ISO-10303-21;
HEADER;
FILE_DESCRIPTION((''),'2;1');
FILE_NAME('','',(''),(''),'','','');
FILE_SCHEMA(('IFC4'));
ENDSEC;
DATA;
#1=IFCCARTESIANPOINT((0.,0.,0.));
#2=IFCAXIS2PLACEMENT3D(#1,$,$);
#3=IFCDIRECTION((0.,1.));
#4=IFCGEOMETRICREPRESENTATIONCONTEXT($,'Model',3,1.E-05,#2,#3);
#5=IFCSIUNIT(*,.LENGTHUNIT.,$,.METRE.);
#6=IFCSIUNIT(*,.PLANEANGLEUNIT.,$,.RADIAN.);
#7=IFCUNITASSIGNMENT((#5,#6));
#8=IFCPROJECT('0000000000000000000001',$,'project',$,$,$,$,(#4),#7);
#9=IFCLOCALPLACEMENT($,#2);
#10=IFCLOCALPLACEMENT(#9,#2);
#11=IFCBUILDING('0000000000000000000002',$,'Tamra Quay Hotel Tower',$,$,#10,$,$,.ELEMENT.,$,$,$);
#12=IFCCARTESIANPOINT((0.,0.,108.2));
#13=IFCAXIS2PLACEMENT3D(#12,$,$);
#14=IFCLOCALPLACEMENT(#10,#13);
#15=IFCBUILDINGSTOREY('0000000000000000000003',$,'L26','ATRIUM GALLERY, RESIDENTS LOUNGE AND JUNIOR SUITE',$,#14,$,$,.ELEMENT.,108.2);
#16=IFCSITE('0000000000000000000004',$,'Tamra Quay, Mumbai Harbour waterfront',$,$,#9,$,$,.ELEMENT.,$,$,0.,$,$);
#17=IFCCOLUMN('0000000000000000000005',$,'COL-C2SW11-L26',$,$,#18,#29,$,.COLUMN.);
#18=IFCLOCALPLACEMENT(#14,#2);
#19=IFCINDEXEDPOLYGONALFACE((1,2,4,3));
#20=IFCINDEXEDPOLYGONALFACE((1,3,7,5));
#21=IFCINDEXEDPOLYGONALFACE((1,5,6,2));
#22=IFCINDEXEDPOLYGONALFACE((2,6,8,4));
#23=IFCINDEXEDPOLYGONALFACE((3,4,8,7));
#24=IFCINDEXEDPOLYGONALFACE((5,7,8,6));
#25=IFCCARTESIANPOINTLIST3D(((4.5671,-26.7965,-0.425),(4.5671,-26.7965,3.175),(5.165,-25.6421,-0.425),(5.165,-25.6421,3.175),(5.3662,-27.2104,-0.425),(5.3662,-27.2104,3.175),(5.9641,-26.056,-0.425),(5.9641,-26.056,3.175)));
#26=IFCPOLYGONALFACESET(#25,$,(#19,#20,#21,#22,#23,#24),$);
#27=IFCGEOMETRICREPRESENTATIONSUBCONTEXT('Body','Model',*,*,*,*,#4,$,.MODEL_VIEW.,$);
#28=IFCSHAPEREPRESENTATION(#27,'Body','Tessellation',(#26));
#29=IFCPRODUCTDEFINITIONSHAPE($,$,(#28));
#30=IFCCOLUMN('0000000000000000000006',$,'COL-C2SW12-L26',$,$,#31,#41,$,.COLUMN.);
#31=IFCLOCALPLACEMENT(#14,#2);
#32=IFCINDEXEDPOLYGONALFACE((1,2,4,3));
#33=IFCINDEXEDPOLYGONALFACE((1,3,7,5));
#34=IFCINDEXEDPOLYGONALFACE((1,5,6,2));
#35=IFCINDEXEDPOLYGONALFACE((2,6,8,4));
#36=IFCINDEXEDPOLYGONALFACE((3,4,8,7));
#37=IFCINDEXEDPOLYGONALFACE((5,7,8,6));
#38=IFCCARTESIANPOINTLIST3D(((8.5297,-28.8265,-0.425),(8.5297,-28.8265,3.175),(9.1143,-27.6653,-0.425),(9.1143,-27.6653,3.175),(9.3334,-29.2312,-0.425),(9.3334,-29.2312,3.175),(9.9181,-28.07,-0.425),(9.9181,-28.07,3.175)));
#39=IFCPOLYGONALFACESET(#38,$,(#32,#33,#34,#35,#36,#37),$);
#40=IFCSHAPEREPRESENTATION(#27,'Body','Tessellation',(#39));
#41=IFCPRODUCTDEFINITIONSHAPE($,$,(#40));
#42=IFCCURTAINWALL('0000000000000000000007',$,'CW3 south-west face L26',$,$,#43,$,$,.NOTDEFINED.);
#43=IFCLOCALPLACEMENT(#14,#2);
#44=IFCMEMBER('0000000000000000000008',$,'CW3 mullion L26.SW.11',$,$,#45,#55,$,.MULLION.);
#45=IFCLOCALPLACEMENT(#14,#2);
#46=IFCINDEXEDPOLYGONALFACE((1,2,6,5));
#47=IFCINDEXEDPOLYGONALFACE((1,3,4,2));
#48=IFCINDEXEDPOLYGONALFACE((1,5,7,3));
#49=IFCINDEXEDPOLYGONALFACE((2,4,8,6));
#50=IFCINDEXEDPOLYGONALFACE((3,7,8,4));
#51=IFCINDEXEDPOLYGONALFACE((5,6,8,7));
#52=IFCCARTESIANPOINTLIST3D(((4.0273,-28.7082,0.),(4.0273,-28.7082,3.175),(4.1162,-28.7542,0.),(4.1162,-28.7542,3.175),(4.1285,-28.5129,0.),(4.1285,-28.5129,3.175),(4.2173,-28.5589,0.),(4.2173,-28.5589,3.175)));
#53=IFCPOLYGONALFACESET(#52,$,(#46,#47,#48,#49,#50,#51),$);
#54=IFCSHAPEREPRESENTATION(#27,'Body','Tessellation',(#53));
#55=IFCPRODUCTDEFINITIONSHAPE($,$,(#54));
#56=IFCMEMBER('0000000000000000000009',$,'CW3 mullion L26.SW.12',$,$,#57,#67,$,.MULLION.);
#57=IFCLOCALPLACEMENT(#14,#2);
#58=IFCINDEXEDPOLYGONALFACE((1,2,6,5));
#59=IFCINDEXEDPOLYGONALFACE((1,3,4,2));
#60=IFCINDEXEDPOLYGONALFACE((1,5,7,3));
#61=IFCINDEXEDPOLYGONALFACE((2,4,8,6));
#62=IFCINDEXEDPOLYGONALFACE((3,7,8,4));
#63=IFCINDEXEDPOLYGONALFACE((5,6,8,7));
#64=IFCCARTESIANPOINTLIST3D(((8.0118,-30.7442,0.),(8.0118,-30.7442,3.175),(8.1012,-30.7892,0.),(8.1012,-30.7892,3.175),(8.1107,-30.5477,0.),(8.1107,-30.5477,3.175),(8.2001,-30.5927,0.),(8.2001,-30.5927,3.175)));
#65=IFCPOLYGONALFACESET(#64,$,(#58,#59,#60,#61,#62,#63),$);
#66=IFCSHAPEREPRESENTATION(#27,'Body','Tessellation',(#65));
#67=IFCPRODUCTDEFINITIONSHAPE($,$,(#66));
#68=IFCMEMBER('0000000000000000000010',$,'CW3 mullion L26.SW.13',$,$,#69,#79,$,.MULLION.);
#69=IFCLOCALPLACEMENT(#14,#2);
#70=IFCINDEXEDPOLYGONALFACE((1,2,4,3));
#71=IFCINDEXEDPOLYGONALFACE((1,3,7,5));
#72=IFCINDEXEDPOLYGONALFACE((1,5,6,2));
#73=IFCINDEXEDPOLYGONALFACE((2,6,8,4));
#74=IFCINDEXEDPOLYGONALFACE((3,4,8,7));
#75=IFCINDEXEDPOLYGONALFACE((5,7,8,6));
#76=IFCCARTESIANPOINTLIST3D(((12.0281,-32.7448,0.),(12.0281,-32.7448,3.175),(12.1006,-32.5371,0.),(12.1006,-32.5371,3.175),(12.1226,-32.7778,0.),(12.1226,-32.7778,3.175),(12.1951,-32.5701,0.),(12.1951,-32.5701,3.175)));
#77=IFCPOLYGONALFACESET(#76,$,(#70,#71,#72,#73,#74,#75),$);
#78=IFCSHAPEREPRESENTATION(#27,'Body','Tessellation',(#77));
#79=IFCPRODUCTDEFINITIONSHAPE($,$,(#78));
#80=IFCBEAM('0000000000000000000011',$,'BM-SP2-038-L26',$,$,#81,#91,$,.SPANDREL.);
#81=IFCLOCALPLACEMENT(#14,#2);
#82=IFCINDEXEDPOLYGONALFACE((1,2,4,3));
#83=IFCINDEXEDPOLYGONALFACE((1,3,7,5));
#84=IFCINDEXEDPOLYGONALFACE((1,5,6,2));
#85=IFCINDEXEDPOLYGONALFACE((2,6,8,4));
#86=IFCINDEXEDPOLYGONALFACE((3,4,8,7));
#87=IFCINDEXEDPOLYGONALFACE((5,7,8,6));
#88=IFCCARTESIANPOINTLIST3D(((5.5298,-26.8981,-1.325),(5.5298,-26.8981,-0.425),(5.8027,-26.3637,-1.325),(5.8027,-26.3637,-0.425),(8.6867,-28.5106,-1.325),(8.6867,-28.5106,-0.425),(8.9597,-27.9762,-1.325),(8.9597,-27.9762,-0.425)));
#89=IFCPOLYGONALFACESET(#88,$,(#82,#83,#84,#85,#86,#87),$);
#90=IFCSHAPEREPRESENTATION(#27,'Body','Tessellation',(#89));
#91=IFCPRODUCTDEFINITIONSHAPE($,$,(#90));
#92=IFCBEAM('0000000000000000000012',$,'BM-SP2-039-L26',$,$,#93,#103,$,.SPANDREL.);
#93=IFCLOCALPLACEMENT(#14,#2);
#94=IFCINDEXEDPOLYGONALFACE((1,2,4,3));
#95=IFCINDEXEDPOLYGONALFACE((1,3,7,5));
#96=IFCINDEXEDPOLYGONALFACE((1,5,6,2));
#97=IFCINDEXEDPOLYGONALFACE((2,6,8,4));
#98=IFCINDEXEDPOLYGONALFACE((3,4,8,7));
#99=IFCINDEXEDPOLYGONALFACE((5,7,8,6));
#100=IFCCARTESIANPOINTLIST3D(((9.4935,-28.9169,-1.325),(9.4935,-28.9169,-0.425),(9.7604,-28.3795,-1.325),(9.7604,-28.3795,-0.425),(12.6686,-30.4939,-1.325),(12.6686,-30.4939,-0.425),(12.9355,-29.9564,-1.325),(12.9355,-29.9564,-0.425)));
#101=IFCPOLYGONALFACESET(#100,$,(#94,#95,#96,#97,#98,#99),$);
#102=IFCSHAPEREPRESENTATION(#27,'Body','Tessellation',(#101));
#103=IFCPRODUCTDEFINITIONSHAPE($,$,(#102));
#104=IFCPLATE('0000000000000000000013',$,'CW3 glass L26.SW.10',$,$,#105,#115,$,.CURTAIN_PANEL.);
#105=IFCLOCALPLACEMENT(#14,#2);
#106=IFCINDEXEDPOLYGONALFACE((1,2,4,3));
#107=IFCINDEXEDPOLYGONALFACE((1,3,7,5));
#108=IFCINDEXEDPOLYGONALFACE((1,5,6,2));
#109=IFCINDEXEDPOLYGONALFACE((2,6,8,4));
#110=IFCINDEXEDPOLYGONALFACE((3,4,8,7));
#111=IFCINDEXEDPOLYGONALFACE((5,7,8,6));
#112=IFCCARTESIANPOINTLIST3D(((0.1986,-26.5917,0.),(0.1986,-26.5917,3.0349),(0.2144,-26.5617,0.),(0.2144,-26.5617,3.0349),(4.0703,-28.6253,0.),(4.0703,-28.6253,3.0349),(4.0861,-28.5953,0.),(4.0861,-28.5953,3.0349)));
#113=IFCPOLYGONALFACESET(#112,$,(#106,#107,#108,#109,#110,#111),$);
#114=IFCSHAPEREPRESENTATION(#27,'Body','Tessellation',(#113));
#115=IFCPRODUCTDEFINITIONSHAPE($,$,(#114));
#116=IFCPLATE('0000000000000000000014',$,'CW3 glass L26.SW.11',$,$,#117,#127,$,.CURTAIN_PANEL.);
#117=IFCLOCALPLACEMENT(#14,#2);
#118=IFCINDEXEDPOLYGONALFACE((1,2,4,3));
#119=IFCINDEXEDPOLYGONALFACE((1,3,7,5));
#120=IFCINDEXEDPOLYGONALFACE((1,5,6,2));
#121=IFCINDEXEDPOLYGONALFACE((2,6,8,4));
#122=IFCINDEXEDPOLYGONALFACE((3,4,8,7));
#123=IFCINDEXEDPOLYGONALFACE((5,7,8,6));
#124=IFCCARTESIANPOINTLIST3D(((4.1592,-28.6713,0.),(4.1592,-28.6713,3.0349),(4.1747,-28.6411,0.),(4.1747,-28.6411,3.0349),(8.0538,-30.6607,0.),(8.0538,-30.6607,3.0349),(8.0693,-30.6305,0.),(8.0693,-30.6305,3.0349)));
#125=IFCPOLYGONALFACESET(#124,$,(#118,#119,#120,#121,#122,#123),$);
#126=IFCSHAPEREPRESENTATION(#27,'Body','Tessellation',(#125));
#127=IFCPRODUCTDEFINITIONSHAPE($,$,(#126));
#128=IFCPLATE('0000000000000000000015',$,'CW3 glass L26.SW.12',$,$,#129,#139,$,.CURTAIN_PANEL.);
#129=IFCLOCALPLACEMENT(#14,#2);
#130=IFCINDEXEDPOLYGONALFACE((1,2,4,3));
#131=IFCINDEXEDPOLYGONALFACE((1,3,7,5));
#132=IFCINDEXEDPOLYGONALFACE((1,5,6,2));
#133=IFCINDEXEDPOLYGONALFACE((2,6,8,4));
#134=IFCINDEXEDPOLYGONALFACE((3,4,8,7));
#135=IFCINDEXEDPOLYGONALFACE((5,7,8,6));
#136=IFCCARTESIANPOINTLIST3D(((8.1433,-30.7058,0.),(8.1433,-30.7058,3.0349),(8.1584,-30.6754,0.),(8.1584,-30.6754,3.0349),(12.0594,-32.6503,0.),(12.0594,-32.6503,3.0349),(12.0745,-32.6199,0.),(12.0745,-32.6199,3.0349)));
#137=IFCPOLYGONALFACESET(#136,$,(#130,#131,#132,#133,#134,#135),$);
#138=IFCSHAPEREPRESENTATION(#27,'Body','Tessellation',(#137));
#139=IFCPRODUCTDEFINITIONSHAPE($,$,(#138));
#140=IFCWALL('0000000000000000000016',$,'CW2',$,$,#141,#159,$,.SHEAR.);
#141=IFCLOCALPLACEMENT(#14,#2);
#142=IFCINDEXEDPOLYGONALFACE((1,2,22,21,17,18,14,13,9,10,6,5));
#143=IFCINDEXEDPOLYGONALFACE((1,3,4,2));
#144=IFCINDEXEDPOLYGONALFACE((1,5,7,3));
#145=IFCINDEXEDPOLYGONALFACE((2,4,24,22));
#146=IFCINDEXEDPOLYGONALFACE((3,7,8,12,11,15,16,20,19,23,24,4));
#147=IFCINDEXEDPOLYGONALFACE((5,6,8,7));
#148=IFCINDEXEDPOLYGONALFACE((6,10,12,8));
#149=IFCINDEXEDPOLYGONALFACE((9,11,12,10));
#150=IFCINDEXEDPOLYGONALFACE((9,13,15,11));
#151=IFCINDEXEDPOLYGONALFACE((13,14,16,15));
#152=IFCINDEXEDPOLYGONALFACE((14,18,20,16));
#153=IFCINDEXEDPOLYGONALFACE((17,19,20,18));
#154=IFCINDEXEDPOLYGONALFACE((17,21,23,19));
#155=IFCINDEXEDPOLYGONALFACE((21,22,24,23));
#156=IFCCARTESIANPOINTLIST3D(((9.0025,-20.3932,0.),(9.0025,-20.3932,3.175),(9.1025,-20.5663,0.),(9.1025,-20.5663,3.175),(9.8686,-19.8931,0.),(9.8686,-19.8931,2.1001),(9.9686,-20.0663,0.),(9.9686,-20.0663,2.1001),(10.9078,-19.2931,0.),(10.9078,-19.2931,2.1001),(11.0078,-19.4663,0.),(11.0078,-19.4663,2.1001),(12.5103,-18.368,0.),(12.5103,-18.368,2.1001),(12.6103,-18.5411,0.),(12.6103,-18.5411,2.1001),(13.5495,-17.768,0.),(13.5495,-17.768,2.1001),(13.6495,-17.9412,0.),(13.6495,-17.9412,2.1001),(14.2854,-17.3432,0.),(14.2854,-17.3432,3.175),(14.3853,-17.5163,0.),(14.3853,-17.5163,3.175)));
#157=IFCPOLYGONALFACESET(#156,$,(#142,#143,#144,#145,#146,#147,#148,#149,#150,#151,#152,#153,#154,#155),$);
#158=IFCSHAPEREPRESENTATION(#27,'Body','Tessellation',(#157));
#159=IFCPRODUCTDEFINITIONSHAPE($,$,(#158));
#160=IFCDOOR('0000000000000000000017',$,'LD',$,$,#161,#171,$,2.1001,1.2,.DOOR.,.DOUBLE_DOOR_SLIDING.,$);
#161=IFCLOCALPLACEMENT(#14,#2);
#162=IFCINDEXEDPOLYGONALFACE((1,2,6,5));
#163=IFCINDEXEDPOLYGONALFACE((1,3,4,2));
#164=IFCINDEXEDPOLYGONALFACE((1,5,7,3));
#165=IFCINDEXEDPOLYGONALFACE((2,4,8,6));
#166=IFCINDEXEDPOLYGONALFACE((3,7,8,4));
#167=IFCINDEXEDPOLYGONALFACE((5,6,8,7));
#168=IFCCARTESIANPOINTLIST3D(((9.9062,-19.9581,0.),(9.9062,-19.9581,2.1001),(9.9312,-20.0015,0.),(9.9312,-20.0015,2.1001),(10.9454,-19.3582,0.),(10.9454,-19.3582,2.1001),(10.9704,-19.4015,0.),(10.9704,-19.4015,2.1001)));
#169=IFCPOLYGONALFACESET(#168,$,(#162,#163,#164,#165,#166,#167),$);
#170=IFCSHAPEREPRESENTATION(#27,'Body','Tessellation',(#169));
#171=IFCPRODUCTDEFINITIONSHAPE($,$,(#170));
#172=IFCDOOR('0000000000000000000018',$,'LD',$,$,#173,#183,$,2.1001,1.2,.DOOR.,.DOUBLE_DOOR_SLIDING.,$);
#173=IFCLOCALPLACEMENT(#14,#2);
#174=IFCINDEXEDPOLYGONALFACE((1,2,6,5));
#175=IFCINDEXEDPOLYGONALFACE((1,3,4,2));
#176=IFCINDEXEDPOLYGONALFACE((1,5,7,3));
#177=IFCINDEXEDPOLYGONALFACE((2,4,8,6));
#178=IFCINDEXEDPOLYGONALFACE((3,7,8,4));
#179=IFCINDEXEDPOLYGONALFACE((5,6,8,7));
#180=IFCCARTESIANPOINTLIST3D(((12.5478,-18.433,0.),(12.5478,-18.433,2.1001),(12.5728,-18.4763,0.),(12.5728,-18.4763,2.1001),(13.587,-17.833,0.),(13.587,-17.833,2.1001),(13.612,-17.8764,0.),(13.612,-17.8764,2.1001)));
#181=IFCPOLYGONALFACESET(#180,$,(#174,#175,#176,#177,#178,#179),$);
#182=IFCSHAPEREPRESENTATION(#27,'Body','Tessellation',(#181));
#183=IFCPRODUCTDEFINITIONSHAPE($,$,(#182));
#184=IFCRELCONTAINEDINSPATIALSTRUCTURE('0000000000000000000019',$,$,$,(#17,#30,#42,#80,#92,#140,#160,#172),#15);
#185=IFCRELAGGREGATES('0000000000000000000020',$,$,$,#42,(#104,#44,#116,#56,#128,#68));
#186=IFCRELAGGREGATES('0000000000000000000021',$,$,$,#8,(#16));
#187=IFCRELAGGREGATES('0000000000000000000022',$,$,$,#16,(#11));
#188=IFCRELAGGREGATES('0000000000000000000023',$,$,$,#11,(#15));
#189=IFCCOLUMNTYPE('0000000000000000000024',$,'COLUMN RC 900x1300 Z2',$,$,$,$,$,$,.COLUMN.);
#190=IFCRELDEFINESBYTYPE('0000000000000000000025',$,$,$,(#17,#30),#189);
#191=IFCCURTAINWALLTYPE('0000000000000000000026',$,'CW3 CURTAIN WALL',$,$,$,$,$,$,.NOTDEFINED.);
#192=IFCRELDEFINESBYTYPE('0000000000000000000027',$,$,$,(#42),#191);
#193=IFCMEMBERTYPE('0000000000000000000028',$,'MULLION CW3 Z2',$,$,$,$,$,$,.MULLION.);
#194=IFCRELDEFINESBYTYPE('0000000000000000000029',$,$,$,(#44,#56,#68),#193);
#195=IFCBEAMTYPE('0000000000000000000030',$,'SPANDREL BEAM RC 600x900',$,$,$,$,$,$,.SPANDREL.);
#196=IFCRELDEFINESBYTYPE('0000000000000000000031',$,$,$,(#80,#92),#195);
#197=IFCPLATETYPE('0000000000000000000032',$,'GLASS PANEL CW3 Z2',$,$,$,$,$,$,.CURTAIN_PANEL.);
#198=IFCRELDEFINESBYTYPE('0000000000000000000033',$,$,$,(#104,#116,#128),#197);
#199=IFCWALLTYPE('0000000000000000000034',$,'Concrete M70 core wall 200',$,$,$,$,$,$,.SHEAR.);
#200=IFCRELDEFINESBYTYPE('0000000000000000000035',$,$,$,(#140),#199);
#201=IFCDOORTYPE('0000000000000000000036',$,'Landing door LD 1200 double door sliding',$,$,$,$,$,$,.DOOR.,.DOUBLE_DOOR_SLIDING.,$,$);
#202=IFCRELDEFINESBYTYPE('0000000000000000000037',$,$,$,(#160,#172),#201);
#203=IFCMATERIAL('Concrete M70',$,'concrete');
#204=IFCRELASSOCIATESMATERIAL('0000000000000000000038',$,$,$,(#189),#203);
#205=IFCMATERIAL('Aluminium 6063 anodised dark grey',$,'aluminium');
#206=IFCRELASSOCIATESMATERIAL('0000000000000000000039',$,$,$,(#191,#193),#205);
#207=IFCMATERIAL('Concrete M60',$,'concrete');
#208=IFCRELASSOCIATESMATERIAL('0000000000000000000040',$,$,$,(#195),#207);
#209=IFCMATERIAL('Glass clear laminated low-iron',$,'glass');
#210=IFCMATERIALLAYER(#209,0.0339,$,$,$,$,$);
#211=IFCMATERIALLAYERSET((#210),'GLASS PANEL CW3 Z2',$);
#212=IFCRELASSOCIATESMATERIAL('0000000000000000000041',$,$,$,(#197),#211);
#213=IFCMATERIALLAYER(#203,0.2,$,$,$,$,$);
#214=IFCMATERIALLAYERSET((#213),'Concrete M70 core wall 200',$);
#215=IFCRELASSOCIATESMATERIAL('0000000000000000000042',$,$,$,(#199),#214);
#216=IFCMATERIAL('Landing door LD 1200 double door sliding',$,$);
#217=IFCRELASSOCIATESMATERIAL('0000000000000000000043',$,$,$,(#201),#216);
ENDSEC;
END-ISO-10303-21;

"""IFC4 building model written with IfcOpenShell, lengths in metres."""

from ifc_helpers import new_model, si_unit, direction, frame, frame_2d, origin, origin_2d, place, context, subcontext, project, spatial, rectangle, extrude, material, layer, layer_set, material_profile, profile_set, type_object, element, fill, aggregate, save


model = new_model("IFC4")

# Units and contexts
model_context = context("Model", 3, precision=1e-05, world=origin(), true_north=direction((0.0, 1.0)))
body_context = subcontext(model_context, "Body", "Model", "MODEL_VIEW")
ifc_project = project(units=[si_unit("LENGTHUNIT", "METRE"), si_unit("PLANEANGLEUNIT", "RADIAN")], contexts=[model_context])

# Site, building, storey
site_placement = place(None, origin())
site = spatial("IfcSite", under=ifc_project, at=site_placement, Name="Tamra Quay, Mumbai Harbour waterfront", CompositionType="ELEMENT", RefElevation=0.0)
building_placement = place(site_placement, origin())
building = spatial("IfcBuilding", under=site, at=building_placement, Name="Tamra Quay Hotel Tower", CompositionType="ELEMENT")
storey_placement = place(building_placement, frame((0.0, 0.0, 108.2)))
storey = spatial("IfcBuildingStorey", under=building, at=storey_placement, Name="L26", Description="ATRIUM GALLERY, RESIDENTS LOUNGE AND JUNIOR SUITE", CompositionType="ELEMENT", Elevation=108.2)

# Columns
ifc_material_1 = material(Name="Concrete M70", Category="concrete")
ifc_material_profile_1 = material_profile(ifc_material_1, rectangle(XDim=1.3, YDim=0.8999, at=origin_2d()), Name="COLUMN RC 900x1300 Z2")
ifc_profile_set_1 = profile_set([ifc_material_profile_1], Name="Concrete M70")
column_type = type_object("IfcColumnType", Name="COLUMN RC 900x1300 Z2", PredefinedType="COLUMN", material=ifc_profile_set_1)
for number, where, z_axis, x_axis, name in (
    (1, (5.2656, -26.4263, -0.425), (0.0, 0.0, 1.0), (0.45989, 0.887976, 0.0), "COL-C2SW11-L26"),
    (2, (9.2239, -28.4482, -0.425), (0.0, 0.0, 1.0), (0.449727, 0.893166, 0.0), "COL-C2SW12-L26"),
):
    element("IfcColumn", number, at=place(storey_placement, frame(where, z_axis=z_axis, x_axis=x_axis)), inside=storey, type_object=column_type, Name=name, PredefinedType="COLUMN", context=body_context, shape_type="SweptSolid", body=[
        extrude(rectangle(XDim=1.3, YDim=0.8999, at=origin_2d()), origin(), (0.0, 0.0, 1.0), 3.6001),
    ])

# Curtain wall, members
ifc_material_2 = material(Name="Aluminium 6063 anodised dark grey", Category="aluminium")
curtain_wall_type = type_object("IfcCurtainWallType", Name="CW3 CURTAIN WALL", PredefinedType="NOTDEFINED", material=ifc_material_2)
curtain_wall_placement = place(storey_placement, origin())
curtain_wall = element("IfcCurtainWall", 3, at=curtain_wall_placement, inside=storey, type_object=curtain_wall_type, Name="CW3 south-west face L26", PredefinedType="NOTDEFINED")
ifc_material_profile_2 = material_profile(ifc_material_2, rectangle(XDim=0.22, YDim=0.1001, at=origin_2d()), Name="MULLION 100X220")
ifc_profile_set_2 = profile_set([ifc_material_profile_2], Name="Aluminium 6063 anodised dark grey")
member_type = type_object("IfcMemberType", Name="MULLION CW3 Z2", PredefinedType="MULLION", material=ifc_profile_set_2)
member_1_placement = place(storey_placement, frame((4.1223, -28.6335, 0.0), z_axis=(0.0, 0.0, 1.0), x_axis=(-0.45996, -0.88794, 0.0)))
member_1 = element("IfcMember", 4, at=member_1_placement, type_object=member_type, Name="CW3 mullion L26.SW.11", PredefinedType="MULLION", context=body_context, shape_type="SweptSolid", body=[
    extrude(rectangle(XDim=0.22, YDim=0.1001, at=origin_2d()), origin(), (0.0, 0.0, 1.0), 3.175),
])
member_2_placement = place(storey_placement, frame((8.106, -30.6685, 0.0), z_axis=(0.0, 0.0, 1.0), x_axis=(-0.449827, -0.893116, 0.0)))
member_2 = element("IfcMember", 5, at=member_2_placement, type_object=member_type, Name="CW3 mullion L26.SW.12", PredefinedType="MULLION", context=body_context, shape_type="SweptSolid", body=[
    extrude(rectangle(XDim=0.22, YDim=0.1001, at=origin_2d()), origin(), (0.0, 0.0, 1.0), 3.175),
])
member_3_placement = place(storey_placement, frame((12.1116, -32.6575, 0.0), z_axis=(0.0, 0.0, 1.0), x_axis=(-0.329532, -0.944144, 0.0)))
member_3 = element("IfcMember", 6, at=member_3_placement, type_object=member_type, Name="CW3 mullion L26.SW.13", PredefinedType="MULLION", context=body_context, shape_type="SweptSolid", body=[
    extrude(rectangle(XDim=0.22, YDim=0.1001, at=origin_2d()), origin(), (0.0, 0.0, 1.0), 3.175),
])

# Beams
ifc_material_3 = material(Name="Concrete M60", Category="concrete")
ifc_material_profile_3 = material_profile(ifc_material_3, rectangle(XDim=0.6001, YDim=0.8999, at=origin_2d()), Name="SPANDREL BEAM RC 600x900")
ifc_profile_set_3 = profile_set([ifc_material_profile_3], Name="Concrete M60")
beam_type = type_object("IfcBeamType", Name="SPANDREL BEAM RC 600x900", PredefinedType="SPANDREL", material=ifc_profile_set_3)
beam_1_placement = place(storey_placement, frame((5.6663, -26.6309, -0.875), z_axis=(0.890551, -0.454883, 0.0), x_axis=(0.454883, 0.890551, 0.0)))
element("IfcBeam", 7, at=beam_1_placement, inside=storey, type_object=beam_type, Name="BM-SP2-038-L26", PredefinedType="SPANDREL", context=body_context, shape_type="SweptSolid", body=[
    extrude(rectangle(XDim=0.6001, YDim=0.8999, at=origin_2d()), origin(), (0.0, 0.0, 1.0), 3.5449),
])
beam_2_placement = place(storey_placement, frame((9.627, -28.6482, -0.875), z_axis=(0.895622, -0.444815, 0.0), x_axis=(0.444815, 0.895622, 0.0)))
element("IfcBeam", 8, at=beam_2_placement, inside=storey, type_object=beam_type, Name="BM-SP2-039-L26", PredefinedType="SPANDREL", context=body_context, shape_type="SweptSolid", body=[
    extrude(rectangle(XDim=0.6001, YDim=0.8999, at=origin_2d()), origin(), (0.0, 0.0, 1.0), 3.5452),
])

# Plates
ifc_material_4 = material(Name="Glass clear laminated low-iron", Category="glass")
ifc_layer_1 = layer(ifc_material_4, 0.0339)
ifc_layer_set_1 = layer_set([ifc_layer_1], Name="GLASS PANEL CW3 Z2")
plate_type = type_object("IfcPlateType", Name="GLASS PANEL CW3 Z2", PredefinedType="CURTAIN_PANEL", material=ifc_layer_set_1)
plate_1_placement = place(storey_placement, frame((2.1423, -27.5935, 0.0), z_axis=(0.0, 0.0, 1.0), x_axis=(0.885306, -0.465009, 0.0)))
plate_1 = element("IfcPlate", 9, at=plate_1_placement, type_object=plate_type, Name="CW3 glass L26.SW.10", PredefinedType="CURTAIN_PANEL", context=body_context, shape_type="SweptSolid", body=[
    extrude(rectangle(XDim=4.3733, YDim=0.0339, at=origin_2d()), origin(), (0.0, 0.0, 1.0), 3.0349),
])
plate_2_placement = place(storey_placement, frame((6.1143, -29.6509, 0.0), z_axis=(0.0, 0.0, 1.0), x_axis=(0.890545, -0.454896, 0.0)))
plate_2 = element("IfcPlate", 10, at=plate_2_placement, type_object=plate_type, Name="CW3 glass L26.SW.11", PredefinedType="CURTAIN_PANEL", context=body_context, shape_type="SweptSolid", body=[
    extrude(rectangle(XDim=4.3733, YDim=0.0339, at=origin_2d()), origin(), (0.0, 0.0, 1.0), 3.0349),
])
plate_3_placement = place(storey_placement, frame((10.1089, -31.6628, 0.0), z_axis=(0.0, 0.0, 1.0), x_axis=(0.895658, -0.444743, 0.0)))
plate_3 = element("IfcPlate", 11, at=plate_3_placement, type_object=plate_type, Name="CW3 glass L26.SW.12", PredefinedType="CURTAIN_PANEL", context=body_context, shape_type="SweptSolid", body=[
    extrude(rectangle(XDim=4.3723, YDim=0.0339, at=origin_2d()), origin(), (0.0, 0.0, 1.0), 3.0349),
])
aggregate(curtain_wall, [plate_1, member_1, plate_2, member_2, plate_3, member_3])

# Wall, openings, doors
ifc_layer_2 = layer(ifc_material_1, 0.2)
ifc_layer_set_2 = layer_set([ifc_layer_2], Name="Concrete M70 core wall 200")
wall_type_1 = type_object("IfcWallType", Name="Concrete M70 core wall 200", PredefinedType="SHEAR", material=ifc_layer_set_2)
wall_1_placement = place(storey_placement, frame((9.0525, -20.4797, 0.0), z_axis=(0.0, 0.0, 1.0), x_axis=(0.86603, 0.499992, 0.0)))
wall_1 = element("IfcWall", 12, at=wall_1_placement, inside=storey, type_object=wall_type_1, Name="CW2", PredefinedType="SHEAR", context=body_context, shape_type="SweptSolid", body=[
    extrude(rectangle(XDim=6.1001, YDim=0.2, at=frame_2d((3.05, 0.0))), origin(), (0.0, 0.0, 1.0), 3.175),
])
opening_1_placement = place(wall_1_placement, frame((1.0, 0.0, 0.0)))
opening_1 = element("IfcOpeningElement", 13, at=opening_1_placement, cuts=wall_1, PredefinedType="OPENING", context=body_context, shape_type="SweptSolid", body=[
    extrude(rectangle(XDim=1.2, YDim=2.1001, at=frame_2d((0.6001, 1.05))), frame((0.0, 0.1099, 0.0), z_axis=(0.0, -1.0, 0.0), x_axis=(1.0, 0.0, 0.0)), (0.0, 0.0, 1.0), 0.22),
])
opening_2_placement = place(wall_1_placement, frame((4.0503, 0.0, 0.0)))
opening_2 = element("IfcOpeningElement", 14, at=opening_2_placement, cuts=wall_1, PredefinedType="OPENING", context=body_context, shape_type="SweptSolid", body=[
    extrude(rectangle(XDim=1.2, YDim=2.1001, at=frame_2d((0.6001, 1.05))), frame((0.0, 0.1099, 0.0), z_axis=(0.0, -1.0, 0.0), x_axis=(1.0, 0.0, 0.0)), (0.0, 0.0, 1.0), 0.22),
])
ifc_material_5 = material(Name="Landing door LD 1200 double door sliding")
door_type_1 = type_object("IfcDoorType", Name="Landing door LD 1200 double door sliding", OperationType="DOUBLE_DOOR_SLIDING", PredefinedType="DOOR", material=ifc_material_5)
door_1_placement = place(opening_1_placement, origin())
door_1 = element("IfcDoor", 15, at=door_1_placement, inside=storey, type_object=door_type_1, Name="LD", OperationType="DOUBLE_DOOR_SLIDING", OverallHeight=2.1001, OverallWidth=1.2, PredefinedType="DOOR", context=body_context, shape_type="SweptSolid", body=[
    extrude(rectangle(XDim=1.2, YDim=2.1001, at=frame_2d((0.6001, 1.05))), frame((0.0, 0.0249, 0.0), z_axis=(0.0, -1.0, 0.0), x_axis=(1.0, 0.0, 0.0)), (0.0, 0.0, 1.0), 0.05),
])
fill(opening_1, door_1)
door_2_placement = place(opening_2_placement, origin())
door_2 = element("IfcDoor", 16, at=door_2_placement, inside=storey, type_object=door_type_1, Name="LD", OperationType="DOUBLE_DOOR_SLIDING", OverallHeight=2.1001, OverallWidth=1.2, PredefinedType="DOOR", context=body_context, shape_type="SweptSolid", body=[
    extrude(rectangle(XDim=1.2, YDim=2.1001, at=frame_2d((0.6001, 1.05))), frame((0.0, 0.0249, 0.0), z_axis=(0.0, -1.0, 0.0), x_axis=(1.0, 0.0, 0.0)), (0.0, 0.0, 1.0), 0.05),
])
fill(opening_2, door_2)

save(model, "model.ifc")
